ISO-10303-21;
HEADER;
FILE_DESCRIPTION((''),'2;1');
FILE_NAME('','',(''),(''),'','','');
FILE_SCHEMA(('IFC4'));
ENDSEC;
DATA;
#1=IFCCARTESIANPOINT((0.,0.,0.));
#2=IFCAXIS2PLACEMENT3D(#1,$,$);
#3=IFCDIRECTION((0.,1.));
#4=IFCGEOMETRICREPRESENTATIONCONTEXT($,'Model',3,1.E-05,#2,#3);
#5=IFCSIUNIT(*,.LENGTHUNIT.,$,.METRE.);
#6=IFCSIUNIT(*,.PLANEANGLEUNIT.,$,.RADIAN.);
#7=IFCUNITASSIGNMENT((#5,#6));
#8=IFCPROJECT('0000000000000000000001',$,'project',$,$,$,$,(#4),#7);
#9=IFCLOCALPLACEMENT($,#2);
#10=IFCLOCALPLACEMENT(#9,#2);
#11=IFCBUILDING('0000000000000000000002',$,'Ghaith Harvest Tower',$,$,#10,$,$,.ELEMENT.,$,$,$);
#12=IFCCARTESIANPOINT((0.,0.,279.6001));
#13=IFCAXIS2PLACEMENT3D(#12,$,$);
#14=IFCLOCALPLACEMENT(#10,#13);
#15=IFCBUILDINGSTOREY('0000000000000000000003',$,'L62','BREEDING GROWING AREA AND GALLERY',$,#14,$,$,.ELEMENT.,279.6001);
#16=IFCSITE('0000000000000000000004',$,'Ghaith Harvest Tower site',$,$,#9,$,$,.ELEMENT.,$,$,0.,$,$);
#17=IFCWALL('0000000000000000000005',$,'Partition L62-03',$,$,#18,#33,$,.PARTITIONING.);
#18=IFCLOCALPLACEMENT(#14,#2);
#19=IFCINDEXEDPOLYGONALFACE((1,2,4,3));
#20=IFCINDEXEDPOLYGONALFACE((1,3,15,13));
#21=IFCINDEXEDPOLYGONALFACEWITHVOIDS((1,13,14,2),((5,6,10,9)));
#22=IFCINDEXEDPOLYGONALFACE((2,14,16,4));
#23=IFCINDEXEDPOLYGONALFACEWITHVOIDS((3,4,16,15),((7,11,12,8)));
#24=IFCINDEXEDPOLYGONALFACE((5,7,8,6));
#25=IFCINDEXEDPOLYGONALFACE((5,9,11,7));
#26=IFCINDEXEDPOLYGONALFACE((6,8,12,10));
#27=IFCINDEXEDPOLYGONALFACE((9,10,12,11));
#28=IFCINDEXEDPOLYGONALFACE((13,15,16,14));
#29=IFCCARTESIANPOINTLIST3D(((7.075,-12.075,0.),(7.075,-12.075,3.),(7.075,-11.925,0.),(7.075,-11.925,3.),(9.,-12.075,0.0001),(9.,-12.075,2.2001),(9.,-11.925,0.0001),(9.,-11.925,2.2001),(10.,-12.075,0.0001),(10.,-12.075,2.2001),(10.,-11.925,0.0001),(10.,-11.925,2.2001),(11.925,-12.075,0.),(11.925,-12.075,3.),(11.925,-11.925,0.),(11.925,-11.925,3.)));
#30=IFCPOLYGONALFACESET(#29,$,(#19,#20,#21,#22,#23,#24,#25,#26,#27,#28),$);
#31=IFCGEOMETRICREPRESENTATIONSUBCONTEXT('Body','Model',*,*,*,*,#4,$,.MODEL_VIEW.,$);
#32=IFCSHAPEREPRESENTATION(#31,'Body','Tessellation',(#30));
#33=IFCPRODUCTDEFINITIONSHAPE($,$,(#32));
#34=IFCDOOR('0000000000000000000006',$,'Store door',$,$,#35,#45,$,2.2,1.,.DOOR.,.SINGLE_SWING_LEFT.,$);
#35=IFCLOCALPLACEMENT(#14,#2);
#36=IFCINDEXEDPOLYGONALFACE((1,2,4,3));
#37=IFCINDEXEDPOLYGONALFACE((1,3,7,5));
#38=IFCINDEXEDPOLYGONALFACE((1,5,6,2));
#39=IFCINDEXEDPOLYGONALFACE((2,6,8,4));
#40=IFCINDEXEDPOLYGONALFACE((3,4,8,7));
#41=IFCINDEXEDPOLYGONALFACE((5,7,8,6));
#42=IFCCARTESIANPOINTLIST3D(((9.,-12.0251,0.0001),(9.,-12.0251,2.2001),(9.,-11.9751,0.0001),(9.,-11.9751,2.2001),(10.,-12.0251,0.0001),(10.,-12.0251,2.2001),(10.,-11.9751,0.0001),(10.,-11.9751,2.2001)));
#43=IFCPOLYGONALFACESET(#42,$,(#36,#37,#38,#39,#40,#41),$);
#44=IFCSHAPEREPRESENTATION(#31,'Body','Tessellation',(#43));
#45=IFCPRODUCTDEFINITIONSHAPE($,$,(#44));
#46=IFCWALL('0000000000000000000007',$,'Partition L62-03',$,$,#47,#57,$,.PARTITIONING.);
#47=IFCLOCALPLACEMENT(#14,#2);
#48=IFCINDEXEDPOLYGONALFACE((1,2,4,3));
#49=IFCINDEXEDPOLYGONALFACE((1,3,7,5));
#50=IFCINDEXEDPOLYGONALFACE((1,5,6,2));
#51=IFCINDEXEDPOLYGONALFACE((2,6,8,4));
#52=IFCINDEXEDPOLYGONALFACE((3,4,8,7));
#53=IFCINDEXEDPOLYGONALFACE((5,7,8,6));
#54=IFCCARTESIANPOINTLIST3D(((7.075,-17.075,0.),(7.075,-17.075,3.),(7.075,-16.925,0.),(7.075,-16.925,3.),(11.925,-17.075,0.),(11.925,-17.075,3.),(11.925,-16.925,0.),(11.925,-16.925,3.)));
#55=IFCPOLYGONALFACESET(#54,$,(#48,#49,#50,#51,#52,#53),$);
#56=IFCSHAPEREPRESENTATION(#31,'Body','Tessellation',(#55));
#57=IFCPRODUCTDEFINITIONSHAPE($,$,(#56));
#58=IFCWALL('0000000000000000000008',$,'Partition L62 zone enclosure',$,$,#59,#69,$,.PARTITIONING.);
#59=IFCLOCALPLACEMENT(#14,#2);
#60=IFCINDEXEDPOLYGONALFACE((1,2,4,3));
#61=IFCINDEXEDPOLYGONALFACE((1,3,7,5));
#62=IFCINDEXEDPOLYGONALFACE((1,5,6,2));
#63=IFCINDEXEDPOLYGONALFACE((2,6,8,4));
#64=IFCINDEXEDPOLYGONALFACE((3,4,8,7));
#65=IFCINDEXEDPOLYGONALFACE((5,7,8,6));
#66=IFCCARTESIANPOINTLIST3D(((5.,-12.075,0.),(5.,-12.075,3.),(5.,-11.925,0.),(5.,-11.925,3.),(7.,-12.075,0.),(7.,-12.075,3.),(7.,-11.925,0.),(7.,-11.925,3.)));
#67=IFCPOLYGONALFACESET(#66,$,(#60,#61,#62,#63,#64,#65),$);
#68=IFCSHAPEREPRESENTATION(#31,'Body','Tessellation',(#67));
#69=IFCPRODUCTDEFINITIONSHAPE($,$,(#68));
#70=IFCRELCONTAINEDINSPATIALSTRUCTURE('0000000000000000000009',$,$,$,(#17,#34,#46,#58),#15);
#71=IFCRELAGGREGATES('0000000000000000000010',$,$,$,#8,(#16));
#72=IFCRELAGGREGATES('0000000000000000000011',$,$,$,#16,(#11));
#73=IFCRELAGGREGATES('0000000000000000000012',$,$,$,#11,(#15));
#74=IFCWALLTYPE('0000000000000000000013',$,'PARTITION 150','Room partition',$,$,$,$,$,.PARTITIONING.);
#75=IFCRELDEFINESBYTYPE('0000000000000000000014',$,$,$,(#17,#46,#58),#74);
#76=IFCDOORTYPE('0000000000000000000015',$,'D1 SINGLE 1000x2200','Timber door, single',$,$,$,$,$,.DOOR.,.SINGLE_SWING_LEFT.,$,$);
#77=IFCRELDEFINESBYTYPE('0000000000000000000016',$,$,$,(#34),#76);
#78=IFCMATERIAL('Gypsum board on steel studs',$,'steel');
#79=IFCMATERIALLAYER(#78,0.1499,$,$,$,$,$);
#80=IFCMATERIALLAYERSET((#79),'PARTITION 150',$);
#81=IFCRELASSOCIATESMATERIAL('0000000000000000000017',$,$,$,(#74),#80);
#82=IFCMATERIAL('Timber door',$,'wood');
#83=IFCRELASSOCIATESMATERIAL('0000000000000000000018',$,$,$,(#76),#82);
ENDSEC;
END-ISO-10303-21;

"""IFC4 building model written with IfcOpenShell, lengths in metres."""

from ifc_helpers import new_model, si_unit, direction, frame, frame_2d, origin, place, context, subcontext, project, spatial, rectangle, extrude, material, layer, layer_set, type_object, element, fill, save


model = new_model("IFC4")

# Units and contexts
model_context = context("Model", 3, precision=1e-05, world=origin(), true_north=direction((0.0, 1.0)))
body_context = subcontext(model_context, "Body", "Model", "MODEL_VIEW")
ifc_project = project(units=[si_unit("LENGTHUNIT", "METRE"), si_unit("PLANEANGLEUNIT", "RADIAN")], contexts=[model_context])

# Site, building, storey
site_placement = place(None, origin())
site = spatial("IfcSite", under=ifc_project, at=site_placement, Name="Ghaith Harvest Tower site", CompositionType="ELEMENT", RefElevation=0.0)
building_placement = place(site_placement, origin())
building = spatial("IfcBuilding", under=site, at=building_placement, Name="Ghaith Harvest Tower", CompositionType="ELEMENT")
storey_placement = place(building_placement, frame((0.0, 0.0, 279.6001)))
storey = spatial("IfcBuildingStorey", under=building, at=storey_placement, Name="L62", Description="BREEDING GROWING AREA AND GALLERY", CompositionType="ELEMENT", Elevation=279.6001)

# Shared definitions
ifc_material_1 = material(Name="Gypsum board on steel studs", Category="steel")
ifc_layer_1 = layer(ifc_material_1, 0.1499)
ifc_layer_set_1 = layer_set([ifc_layer_1], Name="PARTITION 150")
wall_type = type_object("IfcWallType", Name="PARTITION 150", Description="Room partition", PredefinedType="PARTITIONING", material=ifc_layer_set_1)

# Shared definitions
ifc_material_2 = material(Name="Timber door", Category="wood")
door_type = type_object("IfcDoorType", Name="D1 SINGLE 1000x2200", Description="Timber door, single", OperationType="SINGLE_SWING_LEFT", PredefinedType="DOOR", material=ifc_material_2)

# Wall, opening, door
wall_1_placement = place(storey_placement, frame((7.075, -12.0, 0.0), z_axis=(0.0, 0.0, 1.0), x_axis=(1.0, 0.0, 0.0)))
wall_1 = element("IfcWall", 1, at=wall_1_placement, inside=storey, type_object=wall_type, Name="Partition L62-03", PredefinedType="PARTITIONING", context=body_context, shape_type="SweptSolid", body=[
    extrude(rectangle(XDim=4.8501, YDim=0.1499, at=frame_2d((2.425, 0.0))), origin(), (0.0, 0.0, 1.0), 3.0),
])
opening_1_placement = place(wall_1_placement, frame((1.925, 0.0, 0.0)))
opening_1 = element("IfcOpeningElement", 2, at=opening_1_placement, cuts=wall_1, PredefinedType="OPENING", context=body_context, shape_type="SweptSolid", body=[
    extrude(rectangle(XDim=1.0, YDim=2.2, at=frame_2d((0.5, 1.1001))), frame((0.0, 0.085, 0.0), z_axis=(0.0, -1.0, 0.0), x_axis=(1.0, 0.0, 0.0)), (0.0, 0.0, 1.0), 0.1699),
])
door_1_placement = place(opening_1_placement, origin())
door_1 = element("IfcDoor", 3, at=door_1_placement, inside=storey, type_object=door_type, Name="Store door", OperationType="SINGLE_SWING_LEFT", OverallHeight=2.2, OverallWidth=1.0, PredefinedType="DOOR", context=body_context, shape_type="SweptSolid", body=[
    extrude(rectangle(XDim=1.0, YDim=2.2, at=frame_2d((0.5, 1.1001))), frame((0.0, 0.0249, 0.0), z_axis=(0.0, -1.0, 0.0), x_axis=(1.0, 0.0, 0.0)), (0.0, 0.0, 1.0), 0.05),
])
fill(opening_1, door_1)

# Walls
wall_2_placement = place(storey_placement, frame((7.075, -17.0, 0.0), z_axis=(0.0, 0.0, 1.0), x_axis=(1.0, 0.0, 0.0)))
element("IfcWall", 4, at=wall_2_placement, inside=storey, type_object=wall_type, Name="Partition L62-03", PredefinedType="PARTITIONING", context=body_context, shape_type="SweptSolid", body=[
    extrude(rectangle(XDim=4.8501, YDim=0.1499, at=frame_2d((2.425, 0.0))), origin(), (0.0, 0.0, 1.0), 3.0),
])
wall_3_placement = place(storey_placement, frame((5.0, -12.0, 0.0), z_axis=(0.0, 0.0, 1.0), x_axis=(1.0, 0.0, 0.0)))
element("IfcWall", 5, at=wall_3_placement, inside=storey, type_object=wall_type, Name="Partition L62 zone enclosure", PredefinedType="PARTITIONING", context=body_context, shape_type="SweptSolid", body=[
    extrude(rectangle(XDim=2.0, YDim=0.1499, at=frame_2d((1.0, 0.0))), origin(), (0.0, 0.0, 1.0), 3.0),
])

save(model, "model.ifc")
